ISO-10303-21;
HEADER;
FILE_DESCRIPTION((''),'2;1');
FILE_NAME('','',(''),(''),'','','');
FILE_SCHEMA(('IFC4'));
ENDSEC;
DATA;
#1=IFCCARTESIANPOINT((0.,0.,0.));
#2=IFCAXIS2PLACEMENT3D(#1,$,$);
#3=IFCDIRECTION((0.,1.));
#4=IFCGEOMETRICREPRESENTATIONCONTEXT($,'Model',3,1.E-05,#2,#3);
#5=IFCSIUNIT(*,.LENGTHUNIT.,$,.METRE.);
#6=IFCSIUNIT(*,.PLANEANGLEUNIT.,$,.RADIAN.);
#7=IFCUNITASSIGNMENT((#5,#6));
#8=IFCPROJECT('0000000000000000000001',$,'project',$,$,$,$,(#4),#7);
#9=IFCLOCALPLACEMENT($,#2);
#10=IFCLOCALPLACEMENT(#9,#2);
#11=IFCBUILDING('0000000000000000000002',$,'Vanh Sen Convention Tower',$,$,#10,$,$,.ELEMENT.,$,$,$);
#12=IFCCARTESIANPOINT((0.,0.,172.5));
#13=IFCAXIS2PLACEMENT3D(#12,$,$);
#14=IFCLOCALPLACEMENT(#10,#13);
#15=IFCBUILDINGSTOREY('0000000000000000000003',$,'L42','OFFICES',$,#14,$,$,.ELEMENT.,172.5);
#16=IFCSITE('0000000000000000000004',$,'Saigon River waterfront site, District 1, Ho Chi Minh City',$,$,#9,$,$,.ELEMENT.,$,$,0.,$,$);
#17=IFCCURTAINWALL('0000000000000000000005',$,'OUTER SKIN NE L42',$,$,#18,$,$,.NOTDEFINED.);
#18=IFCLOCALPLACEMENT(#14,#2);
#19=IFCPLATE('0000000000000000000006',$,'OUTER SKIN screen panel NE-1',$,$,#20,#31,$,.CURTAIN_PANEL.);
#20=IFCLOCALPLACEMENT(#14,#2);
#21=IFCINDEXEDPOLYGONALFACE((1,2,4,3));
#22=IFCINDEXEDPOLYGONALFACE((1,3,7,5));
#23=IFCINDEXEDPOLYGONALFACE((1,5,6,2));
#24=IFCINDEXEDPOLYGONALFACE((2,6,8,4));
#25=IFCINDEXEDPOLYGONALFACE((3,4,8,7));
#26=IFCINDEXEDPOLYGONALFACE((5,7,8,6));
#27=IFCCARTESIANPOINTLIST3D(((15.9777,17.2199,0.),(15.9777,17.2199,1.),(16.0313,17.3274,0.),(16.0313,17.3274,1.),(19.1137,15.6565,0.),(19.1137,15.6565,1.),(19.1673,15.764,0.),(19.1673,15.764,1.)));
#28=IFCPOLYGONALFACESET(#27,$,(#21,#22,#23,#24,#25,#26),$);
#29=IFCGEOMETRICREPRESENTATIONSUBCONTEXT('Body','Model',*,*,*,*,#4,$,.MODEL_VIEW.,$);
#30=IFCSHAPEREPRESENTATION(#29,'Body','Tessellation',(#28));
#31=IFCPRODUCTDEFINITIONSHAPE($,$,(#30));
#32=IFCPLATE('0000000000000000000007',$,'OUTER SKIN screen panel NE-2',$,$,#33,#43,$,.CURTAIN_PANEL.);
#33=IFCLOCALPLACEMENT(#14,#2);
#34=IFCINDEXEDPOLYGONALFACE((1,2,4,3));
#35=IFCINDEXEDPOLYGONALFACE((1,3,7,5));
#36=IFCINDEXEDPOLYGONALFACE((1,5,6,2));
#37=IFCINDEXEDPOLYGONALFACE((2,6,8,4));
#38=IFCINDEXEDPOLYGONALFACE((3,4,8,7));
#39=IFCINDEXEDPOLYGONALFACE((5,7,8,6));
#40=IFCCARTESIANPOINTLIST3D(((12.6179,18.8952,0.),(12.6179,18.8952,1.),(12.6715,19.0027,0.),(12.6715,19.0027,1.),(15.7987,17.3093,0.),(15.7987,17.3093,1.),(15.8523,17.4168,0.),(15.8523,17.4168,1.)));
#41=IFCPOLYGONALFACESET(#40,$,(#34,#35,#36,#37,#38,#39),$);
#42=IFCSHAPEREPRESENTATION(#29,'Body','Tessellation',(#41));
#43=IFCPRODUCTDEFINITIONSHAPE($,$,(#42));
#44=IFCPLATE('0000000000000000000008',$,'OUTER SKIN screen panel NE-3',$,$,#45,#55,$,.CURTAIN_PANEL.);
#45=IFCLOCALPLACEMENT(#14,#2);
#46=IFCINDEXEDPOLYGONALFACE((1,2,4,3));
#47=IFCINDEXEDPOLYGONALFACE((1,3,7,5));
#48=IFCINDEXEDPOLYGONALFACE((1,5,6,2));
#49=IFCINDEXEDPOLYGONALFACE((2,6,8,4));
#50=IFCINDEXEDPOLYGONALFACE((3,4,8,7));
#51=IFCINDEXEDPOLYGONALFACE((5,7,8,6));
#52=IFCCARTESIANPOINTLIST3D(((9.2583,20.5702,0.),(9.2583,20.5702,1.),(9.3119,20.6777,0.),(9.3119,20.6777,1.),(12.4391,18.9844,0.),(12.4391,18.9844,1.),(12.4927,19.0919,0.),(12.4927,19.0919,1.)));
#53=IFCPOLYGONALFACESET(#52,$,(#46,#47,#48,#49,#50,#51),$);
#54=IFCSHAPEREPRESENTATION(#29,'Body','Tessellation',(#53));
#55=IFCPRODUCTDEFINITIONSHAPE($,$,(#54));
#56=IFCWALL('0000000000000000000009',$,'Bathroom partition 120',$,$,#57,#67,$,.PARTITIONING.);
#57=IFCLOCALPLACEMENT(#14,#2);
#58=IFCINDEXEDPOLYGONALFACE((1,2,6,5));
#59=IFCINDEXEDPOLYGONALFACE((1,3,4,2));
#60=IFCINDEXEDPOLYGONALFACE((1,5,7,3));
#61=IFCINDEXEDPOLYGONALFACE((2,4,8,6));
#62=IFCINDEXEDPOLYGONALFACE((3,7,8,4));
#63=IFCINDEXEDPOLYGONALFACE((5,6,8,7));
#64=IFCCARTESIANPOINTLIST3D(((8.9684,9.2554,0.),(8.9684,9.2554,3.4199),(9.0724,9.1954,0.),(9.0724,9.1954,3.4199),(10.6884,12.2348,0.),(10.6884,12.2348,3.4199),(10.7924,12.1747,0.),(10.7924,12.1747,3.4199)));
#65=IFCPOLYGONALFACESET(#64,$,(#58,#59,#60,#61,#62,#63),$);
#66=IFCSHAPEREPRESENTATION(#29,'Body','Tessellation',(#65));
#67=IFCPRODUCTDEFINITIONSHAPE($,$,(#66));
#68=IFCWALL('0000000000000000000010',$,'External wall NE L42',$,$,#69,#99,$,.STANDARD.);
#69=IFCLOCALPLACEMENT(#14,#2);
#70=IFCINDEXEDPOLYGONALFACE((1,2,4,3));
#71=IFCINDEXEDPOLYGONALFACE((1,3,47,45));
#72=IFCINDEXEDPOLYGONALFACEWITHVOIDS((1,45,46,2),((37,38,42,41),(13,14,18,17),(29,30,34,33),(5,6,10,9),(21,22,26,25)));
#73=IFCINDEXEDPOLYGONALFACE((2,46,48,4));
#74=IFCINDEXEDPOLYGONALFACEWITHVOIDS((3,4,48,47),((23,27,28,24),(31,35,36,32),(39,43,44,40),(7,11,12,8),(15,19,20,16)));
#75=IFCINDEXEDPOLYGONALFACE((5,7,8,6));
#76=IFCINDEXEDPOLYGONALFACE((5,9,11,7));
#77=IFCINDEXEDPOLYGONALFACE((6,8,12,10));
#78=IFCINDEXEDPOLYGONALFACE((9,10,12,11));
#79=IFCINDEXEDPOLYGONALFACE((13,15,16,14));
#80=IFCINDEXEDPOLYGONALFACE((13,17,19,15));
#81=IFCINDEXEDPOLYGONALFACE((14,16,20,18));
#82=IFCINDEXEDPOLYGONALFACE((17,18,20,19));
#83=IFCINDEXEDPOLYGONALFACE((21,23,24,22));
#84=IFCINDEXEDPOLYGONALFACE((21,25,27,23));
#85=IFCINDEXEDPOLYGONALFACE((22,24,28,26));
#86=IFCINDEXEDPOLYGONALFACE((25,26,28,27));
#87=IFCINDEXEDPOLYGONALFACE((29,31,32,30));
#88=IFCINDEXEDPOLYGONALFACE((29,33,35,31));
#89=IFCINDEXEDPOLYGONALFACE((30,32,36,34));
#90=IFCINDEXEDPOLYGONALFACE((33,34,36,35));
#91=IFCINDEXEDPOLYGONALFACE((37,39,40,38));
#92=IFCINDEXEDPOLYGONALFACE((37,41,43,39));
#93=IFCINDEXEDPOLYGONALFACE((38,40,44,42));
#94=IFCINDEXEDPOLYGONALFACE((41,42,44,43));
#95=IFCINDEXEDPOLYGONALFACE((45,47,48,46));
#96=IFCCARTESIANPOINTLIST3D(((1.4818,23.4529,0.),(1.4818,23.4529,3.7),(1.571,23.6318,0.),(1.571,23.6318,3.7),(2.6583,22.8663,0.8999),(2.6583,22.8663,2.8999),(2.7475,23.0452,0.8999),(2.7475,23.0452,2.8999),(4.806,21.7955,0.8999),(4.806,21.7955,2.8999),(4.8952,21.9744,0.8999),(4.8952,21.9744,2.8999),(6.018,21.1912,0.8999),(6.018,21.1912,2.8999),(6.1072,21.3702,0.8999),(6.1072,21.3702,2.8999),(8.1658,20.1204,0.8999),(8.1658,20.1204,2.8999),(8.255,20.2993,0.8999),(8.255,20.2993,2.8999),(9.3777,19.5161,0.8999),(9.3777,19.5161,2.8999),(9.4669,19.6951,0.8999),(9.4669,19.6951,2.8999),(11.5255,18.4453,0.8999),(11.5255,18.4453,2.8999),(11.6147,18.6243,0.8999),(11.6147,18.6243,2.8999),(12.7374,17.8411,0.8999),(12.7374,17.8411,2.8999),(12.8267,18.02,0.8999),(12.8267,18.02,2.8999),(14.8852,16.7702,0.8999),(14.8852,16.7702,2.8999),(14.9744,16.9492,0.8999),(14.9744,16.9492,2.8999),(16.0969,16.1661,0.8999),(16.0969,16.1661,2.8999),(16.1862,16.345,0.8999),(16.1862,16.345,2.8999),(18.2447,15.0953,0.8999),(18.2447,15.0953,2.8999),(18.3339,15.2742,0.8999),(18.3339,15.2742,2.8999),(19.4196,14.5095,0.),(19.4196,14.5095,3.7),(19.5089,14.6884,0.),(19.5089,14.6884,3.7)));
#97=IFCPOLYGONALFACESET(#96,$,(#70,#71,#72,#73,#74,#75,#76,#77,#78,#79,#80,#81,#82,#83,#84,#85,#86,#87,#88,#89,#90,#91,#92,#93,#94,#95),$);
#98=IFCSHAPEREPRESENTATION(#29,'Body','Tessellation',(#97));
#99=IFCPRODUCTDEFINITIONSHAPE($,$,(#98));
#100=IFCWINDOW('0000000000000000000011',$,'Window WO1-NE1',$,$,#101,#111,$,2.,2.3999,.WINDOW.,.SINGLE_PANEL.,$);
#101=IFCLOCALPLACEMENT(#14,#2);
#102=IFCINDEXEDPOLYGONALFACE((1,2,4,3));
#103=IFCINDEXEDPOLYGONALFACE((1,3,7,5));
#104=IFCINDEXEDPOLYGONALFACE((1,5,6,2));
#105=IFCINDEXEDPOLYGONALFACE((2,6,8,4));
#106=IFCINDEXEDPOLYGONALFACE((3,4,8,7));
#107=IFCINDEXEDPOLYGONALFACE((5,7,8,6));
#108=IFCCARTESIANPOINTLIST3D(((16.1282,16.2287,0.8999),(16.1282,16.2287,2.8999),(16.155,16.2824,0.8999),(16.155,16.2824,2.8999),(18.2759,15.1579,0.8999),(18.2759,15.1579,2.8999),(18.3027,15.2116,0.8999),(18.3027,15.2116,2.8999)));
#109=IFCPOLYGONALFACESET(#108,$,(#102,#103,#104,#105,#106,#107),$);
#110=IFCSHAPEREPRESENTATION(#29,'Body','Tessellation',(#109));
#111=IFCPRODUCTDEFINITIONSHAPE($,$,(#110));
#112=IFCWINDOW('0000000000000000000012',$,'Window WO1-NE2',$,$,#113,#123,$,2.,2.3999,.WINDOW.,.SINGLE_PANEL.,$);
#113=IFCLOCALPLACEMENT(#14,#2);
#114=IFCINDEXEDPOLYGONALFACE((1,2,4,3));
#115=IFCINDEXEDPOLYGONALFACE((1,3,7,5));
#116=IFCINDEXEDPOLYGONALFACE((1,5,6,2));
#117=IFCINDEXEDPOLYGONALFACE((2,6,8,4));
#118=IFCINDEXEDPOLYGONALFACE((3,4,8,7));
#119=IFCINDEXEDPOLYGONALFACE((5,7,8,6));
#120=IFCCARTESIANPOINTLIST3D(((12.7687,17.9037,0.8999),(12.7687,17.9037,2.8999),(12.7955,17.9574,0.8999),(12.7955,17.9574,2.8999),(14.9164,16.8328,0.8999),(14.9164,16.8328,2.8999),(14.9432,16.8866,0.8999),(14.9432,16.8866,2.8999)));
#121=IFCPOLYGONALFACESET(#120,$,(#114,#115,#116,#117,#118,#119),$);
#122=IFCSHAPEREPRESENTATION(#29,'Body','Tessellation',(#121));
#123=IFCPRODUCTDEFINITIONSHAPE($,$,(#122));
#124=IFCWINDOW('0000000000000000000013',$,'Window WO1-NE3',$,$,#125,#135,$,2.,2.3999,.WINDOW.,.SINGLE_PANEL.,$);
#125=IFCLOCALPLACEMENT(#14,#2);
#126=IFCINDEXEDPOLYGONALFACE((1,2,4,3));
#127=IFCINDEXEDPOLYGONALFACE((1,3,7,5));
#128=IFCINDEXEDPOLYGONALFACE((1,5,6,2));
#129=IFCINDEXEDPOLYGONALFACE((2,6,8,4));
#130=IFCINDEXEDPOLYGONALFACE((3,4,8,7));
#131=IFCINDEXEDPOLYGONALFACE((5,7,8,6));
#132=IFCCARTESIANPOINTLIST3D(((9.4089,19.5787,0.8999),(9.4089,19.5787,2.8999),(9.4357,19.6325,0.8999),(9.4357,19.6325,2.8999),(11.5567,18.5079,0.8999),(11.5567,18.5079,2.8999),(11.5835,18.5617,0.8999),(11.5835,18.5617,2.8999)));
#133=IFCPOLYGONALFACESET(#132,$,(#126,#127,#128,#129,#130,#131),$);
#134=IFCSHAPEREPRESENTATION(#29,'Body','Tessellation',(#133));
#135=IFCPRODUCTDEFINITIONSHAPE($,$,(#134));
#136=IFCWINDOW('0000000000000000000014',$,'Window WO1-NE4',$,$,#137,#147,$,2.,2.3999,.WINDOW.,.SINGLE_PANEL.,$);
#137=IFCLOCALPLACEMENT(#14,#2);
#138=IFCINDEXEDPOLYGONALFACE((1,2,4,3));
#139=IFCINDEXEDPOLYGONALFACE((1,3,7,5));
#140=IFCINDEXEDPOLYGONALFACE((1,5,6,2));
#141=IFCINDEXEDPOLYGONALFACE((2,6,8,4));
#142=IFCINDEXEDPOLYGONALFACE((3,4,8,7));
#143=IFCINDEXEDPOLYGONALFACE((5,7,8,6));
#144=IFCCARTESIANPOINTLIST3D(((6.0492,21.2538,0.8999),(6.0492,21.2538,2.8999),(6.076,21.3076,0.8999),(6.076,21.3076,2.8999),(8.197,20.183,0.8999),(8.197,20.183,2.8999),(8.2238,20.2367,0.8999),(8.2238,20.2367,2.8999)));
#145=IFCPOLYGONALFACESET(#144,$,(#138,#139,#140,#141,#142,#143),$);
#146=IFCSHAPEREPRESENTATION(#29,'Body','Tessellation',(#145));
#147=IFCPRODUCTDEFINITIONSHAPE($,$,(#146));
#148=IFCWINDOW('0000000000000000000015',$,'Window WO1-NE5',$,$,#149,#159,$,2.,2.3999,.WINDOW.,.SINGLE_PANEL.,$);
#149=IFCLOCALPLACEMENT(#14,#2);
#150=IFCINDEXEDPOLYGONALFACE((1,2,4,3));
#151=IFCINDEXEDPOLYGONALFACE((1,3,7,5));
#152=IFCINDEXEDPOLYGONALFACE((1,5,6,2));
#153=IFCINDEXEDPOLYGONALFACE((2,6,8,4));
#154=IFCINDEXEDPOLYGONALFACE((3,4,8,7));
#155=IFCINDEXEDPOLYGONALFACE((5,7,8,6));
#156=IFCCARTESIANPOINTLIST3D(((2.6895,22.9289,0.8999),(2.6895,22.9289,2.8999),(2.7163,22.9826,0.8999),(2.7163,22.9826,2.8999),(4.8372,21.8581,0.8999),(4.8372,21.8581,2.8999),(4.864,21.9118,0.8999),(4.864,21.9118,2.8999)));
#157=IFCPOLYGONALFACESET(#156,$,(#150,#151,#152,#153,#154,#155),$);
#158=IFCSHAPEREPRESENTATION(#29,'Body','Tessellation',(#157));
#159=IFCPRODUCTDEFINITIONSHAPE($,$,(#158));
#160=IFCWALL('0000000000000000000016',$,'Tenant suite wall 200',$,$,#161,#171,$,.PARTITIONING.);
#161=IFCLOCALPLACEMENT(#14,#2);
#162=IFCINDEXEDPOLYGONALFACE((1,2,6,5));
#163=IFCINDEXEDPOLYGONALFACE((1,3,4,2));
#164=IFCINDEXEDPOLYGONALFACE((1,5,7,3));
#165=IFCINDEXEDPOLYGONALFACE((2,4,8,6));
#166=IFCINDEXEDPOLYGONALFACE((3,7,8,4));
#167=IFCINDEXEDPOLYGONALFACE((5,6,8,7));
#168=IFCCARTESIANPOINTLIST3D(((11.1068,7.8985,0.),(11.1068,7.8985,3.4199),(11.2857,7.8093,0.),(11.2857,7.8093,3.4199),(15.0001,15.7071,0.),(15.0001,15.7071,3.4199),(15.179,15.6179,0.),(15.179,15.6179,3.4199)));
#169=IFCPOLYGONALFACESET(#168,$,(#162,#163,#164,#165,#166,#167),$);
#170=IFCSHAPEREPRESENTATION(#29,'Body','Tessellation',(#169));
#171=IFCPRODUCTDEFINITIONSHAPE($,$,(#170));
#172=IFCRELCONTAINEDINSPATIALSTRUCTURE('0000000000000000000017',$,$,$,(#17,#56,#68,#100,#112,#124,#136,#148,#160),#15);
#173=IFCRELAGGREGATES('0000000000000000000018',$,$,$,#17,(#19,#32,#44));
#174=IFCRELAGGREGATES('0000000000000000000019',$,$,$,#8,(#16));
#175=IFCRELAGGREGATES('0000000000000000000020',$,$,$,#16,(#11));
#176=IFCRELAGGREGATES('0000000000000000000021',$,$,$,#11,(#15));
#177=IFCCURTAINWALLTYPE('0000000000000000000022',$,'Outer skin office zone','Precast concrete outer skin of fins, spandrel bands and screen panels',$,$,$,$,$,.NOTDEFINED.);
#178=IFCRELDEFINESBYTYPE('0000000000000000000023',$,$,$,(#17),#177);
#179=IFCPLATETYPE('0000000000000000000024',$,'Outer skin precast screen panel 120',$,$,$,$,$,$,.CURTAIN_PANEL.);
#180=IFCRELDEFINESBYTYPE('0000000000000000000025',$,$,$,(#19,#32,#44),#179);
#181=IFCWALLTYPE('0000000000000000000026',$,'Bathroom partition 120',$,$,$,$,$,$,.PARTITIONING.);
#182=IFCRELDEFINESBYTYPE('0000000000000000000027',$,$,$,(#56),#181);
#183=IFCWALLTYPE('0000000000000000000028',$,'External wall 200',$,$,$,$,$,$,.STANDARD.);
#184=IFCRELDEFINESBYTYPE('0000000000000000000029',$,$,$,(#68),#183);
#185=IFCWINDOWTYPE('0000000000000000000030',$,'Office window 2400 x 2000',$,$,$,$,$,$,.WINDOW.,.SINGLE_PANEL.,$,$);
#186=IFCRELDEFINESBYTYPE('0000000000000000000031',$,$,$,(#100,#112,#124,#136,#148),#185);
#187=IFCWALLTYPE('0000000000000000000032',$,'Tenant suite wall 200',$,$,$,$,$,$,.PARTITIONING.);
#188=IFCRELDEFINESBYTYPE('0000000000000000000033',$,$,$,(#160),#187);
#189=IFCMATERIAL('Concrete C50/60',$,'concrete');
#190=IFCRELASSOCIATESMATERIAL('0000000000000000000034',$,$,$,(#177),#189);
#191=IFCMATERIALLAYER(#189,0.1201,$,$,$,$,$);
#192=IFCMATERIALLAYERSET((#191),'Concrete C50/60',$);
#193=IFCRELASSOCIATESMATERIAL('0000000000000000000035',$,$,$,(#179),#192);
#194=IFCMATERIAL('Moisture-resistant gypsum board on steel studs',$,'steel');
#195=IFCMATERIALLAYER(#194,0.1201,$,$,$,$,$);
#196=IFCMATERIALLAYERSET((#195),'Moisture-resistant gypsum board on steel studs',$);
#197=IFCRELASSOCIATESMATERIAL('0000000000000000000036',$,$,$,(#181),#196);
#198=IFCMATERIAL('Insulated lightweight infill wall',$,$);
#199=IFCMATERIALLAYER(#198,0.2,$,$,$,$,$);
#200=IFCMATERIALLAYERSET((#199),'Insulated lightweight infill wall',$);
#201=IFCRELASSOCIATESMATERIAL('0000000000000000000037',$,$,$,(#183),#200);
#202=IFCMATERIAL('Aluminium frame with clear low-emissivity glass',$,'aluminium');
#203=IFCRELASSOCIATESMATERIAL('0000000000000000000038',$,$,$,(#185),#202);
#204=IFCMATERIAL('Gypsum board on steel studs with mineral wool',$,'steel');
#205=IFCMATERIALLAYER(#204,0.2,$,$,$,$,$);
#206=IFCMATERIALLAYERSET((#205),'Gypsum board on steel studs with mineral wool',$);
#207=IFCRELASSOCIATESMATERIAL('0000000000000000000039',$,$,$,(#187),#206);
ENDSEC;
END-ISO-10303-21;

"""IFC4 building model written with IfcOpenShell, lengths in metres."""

from ifc_helpers import new_model, si_unit, direction, frame, frame_2d, origin, origin_2d, place, context, subcontext, project, spatial, rectangle, extrude, material, layer, layer_set, type_object, element, fill, aggregate, save


model = new_model("IFC4")

# Units and contexts
model_context = context("Model", 3, precision=1e-05, world=origin(), true_north=direction((0.0, 1.0)))
body_context = subcontext(model_context, "Body", "Model", "MODEL_VIEW")
ifc_project = project(units=[si_unit("LENGTHUNIT", "METRE"), si_unit("PLANEANGLEUNIT", "RADIAN")], contexts=[model_context])

# Site, building, storey
site_placement = place(None, origin())
site = spatial("IfcSite", under=ifc_project, at=site_placement, Name="Saigon River waterfront site, District 1, Ho Chi Minh City", CompositionType="ELEMENT", RefElevation=0.0)
building_placement = place(site_placement, origin())
building = spatial("IfcBuilding", under=site, at=building_placement, Name="Vanh Sen Convention Tower", CompositionType="ELEMENT")
storey_placement = place(building_placement, frame((0.0, 0.0, 172.5)))
storey = spatial("IfcBuildingStorey", under=building, at=storey_placement, Name="L42", Description="OFFICES", CompositionType="ELEMENT", Elevation=172.5)

# Curtain wall
ifc_material_1 = material(Name="Concrete C50/60", Category="concrete")
curtain_wall_type = type_object("IfcCurtainWallType", Name="Outer skin office zone", Description="Precast concrete outer skin of fins, spandrel bands and screen panels", PredefinedType="NOTDEFINED", material=ifc_material_1)
curtain_wall_1_placement = place(storey_placement, origin())
curtain_wall_1 = element("IfcCurtainWall", 1, at=curtain_wall_1_placement, inside=storey, type_object=curtain_wall_type, Name="OUTER SKIN NE L42", PredefinedType="NOTDEFINED")

# Shared definitions
ifc_layer_1 = layer(ifc_material_1, 0.1201)
ifc_layer_set_1 = layer_set([ifc_layer_1], Name="Concrete C50/60")
plate_type = type_object("IfcPlateType", Name="Outer skin precast screen panel 120", PredefinedType="CURTAIN_PANEL", material=ifc_layer_set_1)

# Plates
plate_1_placement = place(storey_placement, frame((17.5725, 16.4919, 0.0), z_axis=(0.0, 0.0, 1.0), x_axis=(-0.894944, 0.446179, 0.0)))
plate_1 = element("IfcPlate", 2, at=plate_1_placement, type_object=plate_type, Name="OUTER SKIN screen panel NE-1", PredefinedType="CURTAIN_PANEL", context=body_context, shape_type="SweptSolid", body=[
    extrude(rectangle(XDim=3.5042, YDim=0.1201, at=origin_2d()), origin(), (0.0, 0.0, 1.0), 1.0),
])
plate_2_placement = place(storey_placement, frame((14.2351, 18.156, 0.0), z_axis=(0.0, 0.0, 1.0), x_axis=(-0.894933, 0.446201, 0.0)))
plate_2 = element("IfcPlate", 3, at=plate_2_placement, type_object=plate_type, Name="OUTER SKIN screen panel NE-2", PredefinedType="CURTAIN_PANEL", context=body_context, shape_type="SweptSolid", body=[
    extrude(rectangle(XDim=3.5542, YDim=0.1201, at=origin_2d()), origin(), (0.0, 0.0, 1.0), 1.0),
])
plate_3_placement = place(storey_placement, frame((10.8755, 19.8311, 0.0), z_axis=(0.0, 0.0, 1.0), x_axis=(-0.894933, 0.446201, 0.0)))
plate_3 = element("IfcPlate", 4, at=plate_3_placement, type_object=plate_type, Name="OUTER SKIN screen panel NE-3", PredefinedType="CURTAIN_PANEL", context=body_context, shape_type="SweptSolid", body=[
    extrude(rectangle(XDim=3.5542, YDim=0.1201, at=origin_2d()), origin(), (0.0, 0.0, 1.0), 1.0),
])
aggregate(curtain_wall_1, [plate_1, plate_2, plate_3])

# Wall
ifc_material_2 = material(Name="Moisture-resistant gypsum board on steel studs", Category="steel")
ifc_layer_2 = layer(ifc_material_2, 0.1201)
ifc_layer_set_2 = layer_set([ifc_layer_2], Name="Moisture-resistant gypsum board on steel studs")
wall_type_1 = type_object("IfcWallType", Name="Bathroom partition 120", PredefinedType="PARTITIONING", material=ifc_layer_set_2)
wall_1_placement = place(storey_placement, frame((10.7405, 12.2048, 0.0), z_axis=(0.0, 0.0, 1.0), x_axis=(-0.499978, -0.866038, 0.0)))
element("IfcWall", 5, at=wall_1_placement, inside=storey, type_object=wall_type_1, Name="Bathroom partition 120", PredefinedType="PARTITIONING", context=body_context, shape_type="SweptSolid", body=[
    extrude(rectangle(XDim=3.4402, YDim=0.1201, at=frame_2d((1.7202, 0.0))), origin(), (0.0, 0.0, 1.0), 3.4199),
])

# Wall, openings, windows
ifc_material_3 = material(Name="Insulated lightweight infill wall")
ifc_layer_3 = layer(ifc_material_3, 0.2)
ifc_layer_set_3 = layer_set([ifc_layer_3], Name="Insulated lightweight infill wall")
wall_type_2 = type_object("IfcWallType", Name="External wall 200", PredefinedType="STANDARD", material=ifc_layer_set_3)
wall_2_placement = place(storey_placement, frame((19.4644, 14.5989, 0.0), z_axis=(0.0, 0.0, 1.0), x_axis=(-0.894936, 0.446195, 0.0)))
wall_2 = element("IfcWall", 6, at=wall_2_placement, inside=storey, type_object=wall_type_2, Name="External wall NE L42", PredefinedType="STANDARD", context=body_context, shape_type="SweptSolid", body=[
    extrude(rectangle(XDim=20.0437, YDim=0.2, at=frame_2d((10.022, 0.0))), origin(), (0.0, 0.0, 1.0), 3.7),
])
opening_1_placement = place(wall_2_placement, frame((1.313, 0.0, 0.8999)))
opening_1 = element("IfcOpeningElement", 7, at=opening_1_placement, cuts=wall_2, PredefinedType="OPENING", context=body_context, shape_type="SweptSolid", body=[
    extrude(rectangle(XDim=2.3999, YDim=2.0, at=frame_2d((1.2, 1.0))), frame((0.0, 0.1099, 0.0), z_axis=(0.0, -1.0, 0.0), x_axis=(1.0, 0.0, 0.0)), (0.0, 0.0, 1.0), 0.22),
])
opening_2_placement = place(wall_2_placement, frame((5.0669, 0.0, 0.8999)))
opening_2 = element("IfcOpeningElement", 8, at=opening_2_placement, cuts=wall_2, PredefinedType="OPENING", context=body_context, shape_type="SweptSolid", body=[
    extrude(rectangle(XDim=2.3999, YDim=2.0, at=frame_2d((1.2, 1.0))), frame((0.0, 0.1099, 0.0), z_axis=(0.0, -1.0, 0.0), x_axis=(1.0, 0.0, 0.0)), (0.0, 0.0, 1.0), 0.22),
])
opening_3_placement = place(wall_2_placement, frame((8.821, 0.0, 0.8999)))
opening_3 = element("IfcOpeningElement", 9, at=opening_3_placement, cuts=wall_2, PredefinedType="OPENING", context=body_context, shape_type="SweptSolid", body=[
    extrude(rectangle(XDim=2.3999, YDim=2.0, at=frame_2d((1.2, 1.0))), frame((0.0, 0.1099, 0.0), z_axis=(0.0, -1.0, 0.0), x_axis=(1.0, 0.0, 0.0)), (0.0, 0.0, 1.0), 0.22),
])
opening_4_placement = place(wall_2_placement, frame((12.5752, 0.0, 0.8999)))
opening_4 = element("IfcOpeningElement", 10, at=opening_4_placement, cuts=wall_2, PredefinedType="OPENING", context=body_context, shape_type="SweptSolid", body=[
    extrude(rectangle(XDim=2.3999, YDim=2.0, at=frame_2d((1.2, 1.0))), frame((0.0, 0.1099, 0.0), z_axis=(0.0, -1.0, 0.0), x_axis=(1.0, 0.0, 0.0)), (0.0, 0.0, 1.0), 0.22),
])
opening_5_placement = place(wall_2_placement, frame((16.3293, 0.0, 0.8999)))
opening_5 = element("IfcOpeningElement", 11, at=opening_5_placement, cuts=wall_2, PredefinedType="OPENING", context=body_context, shape_type="SweptSolid", body=[
    extrude(rectangle(XDim=2.3999, YDim=2.0, at=frame_2d((1.2, 1.0))), frame((0.0, 0.1099, 0.0), z_axis=(0.0, -1.0, 0.0), x_axis=(1.0, 0.0, 0.0)), (0.0, 0.0, 1.0), 0.22),
])
ifc_material_4 = material(Name="Aluminium frame with clear low-emissivity glass", Category="aluminium")
window_type = type_object("IfcWindowType", Name="Office window 2400 x 2000", PartitioningType="SINGLE_PANEL", PredefinedType="WINDOW", material=ifc_material_4)
window_1_placement = place(opening_1_placement, origin())
window_1 = element("IfcWindow", 12, at=window_1_placement, inside=storey, type_object=window_type, Name="Window WO1-NE1", OverallHeight=2.0, OverallWidth=2.3999, PartitioningType="SINGLE_PANEL", PredefinedType="WINDOW", context=body_context, shape_type="SweptSolid", body=[
    extrude(rectangle(XDim=2.3999, YDim=2.0, at=frame_2d((1.2, 1.0))), frame((0.0, 0.03, 0.0), z_axis=(0.0, -1.0, 0.0), x_axis=(1.0, 0.0, 0.0)), (0.0, 0.0, 1.0), 0.0601),
])
fill(opening_1, window_1)
window_2_placement = place(opening_2_placement, origin())
window_2 = element("IfcWindow", 13, at=window_2_placement, inside=storey, type_object=window_type, Name="Window WO1-NE2", OverallHeight=2.0, OverallWidth=2.3999, PartitioningType="SINGLE_PANEL", PredefinedType="WINDOW", context=body_context, shape_type="SweptSolid", body=[
    extrude(rectangle(XDim=2.3999, YDim=2.0, at=frame_2d((1.2, 1.0))), frame((0.0, 0.03, 0.0), z_axis=(0.0, -1.0, 0.0), x_axis=(1.0, 0.0, 0.0)), (0.0, 0.0, 1.0), 0.0601),
])
fill(opening_2, window_2)
window_3_placement = place(opening_3_placement, origin())
window_3 = element("IfcWindow", 14, at=window_3_placement, inside=storey, type_object=window_type, Name="Window WO1-NE3", OverallHeight=2.0, OverallWidth=2.3999, PartitioningType="SINGLE_PANEL", PredefinedType="WINDOW", context=body_context, shape_type="SweptSolid", body=[
    extrude(rectangle(XDim=2.3999, YDim=2.0, at=frame_2d((1.2, 1.0))), frame((0.0, 0.03, 0.0), z_axis=(0.0, -1.0, 0.0), x_axis=(1.0, 0.0, 0.0)), (0.0, 0.0, 1.0), 0.0601),
])
fill(opening_3, window_3)
window_4_placement = place(opening_4_placement, origin())
window_4 = element("IfcWindow", 15, at=window_4_placement, inside=storey, type_object=window_type, Name="Window WO1-NE4", OverallHeight=2.0, OverallWidth=2.3999, PartitioningType="SINGLE_PANEL", PredefinedType="WINDOW", context=body_context, shape_type="SweptSolid", body=[
    extrude(rectangle(XDim=2.3999, YDim=2.0, at=frame_2d((1.2, 1.0))), frame((0.0, 0.03, 0.0), z_axis=(0.0, -1.0, 0.0), x_axis=(1.0, 0.0, 0.0)), (0.0, 0.0, 1.0), 0.0601),
])
fill(opening_4, window_4)
window_5_placement = place(opening_5_placement, origin())
window_5 = element("IfcWindow", 16, at=window_5_placement, inside=storey, type_object=window_type, Name="Window WO1-NE5", OverallHeight=2.0, OverallWidth=2.3999, PartitioningType="SINGLE_PANEL", PredefinedType="WINDOW", context=body_context, shape_type="SweptSolid", body=[
    extrude(rectangle(XDim=2.3999, YDim=2.0, at=frame_2d((1.2, 1.0))), frame((0.0, 0.03, 0.0), z_axis=(0.0, -1.0, 0.0), x_axis=(1.0, 0.0, 0.0)), (0.0, 0.0, 1.0), 0.0601),
])
fill(opening_5, window_5)

# Wall
ifc_material_5 = material(Name="Gypsum board on steel studs with mineral wool", Category="steel")
ifc_layer_4 = layer(ifc_material_5, 0.2)
ifc_layer_set_4 = layer_set([ifc_layer_4], Name="Gypsum board on steel studs with mineral wool")
wall_type_3 = type_object("IfcWallType", Name="Tenant suite wall 200", PredefinedType="PARTITIONING", material=ifc_layer_set_4)
wall_3_placement = place(storey_placement, frame((15.0896, 15.6626, 0.0), z_axis=(0.0, 0.0, 1.0), x_axis=(-0.446206, -0.89493, 0.0)))
element("IfcWall", 17, at=wall_3_placement, inside=storey, type_object=wall_type_3, Name="Tenant suite wall 200", PredefinedType="PARTITIONING", context=body_context, shape_type="SweptSolid", body=[
    extrude(rectangle(XDim=8.7253, YDim=0.2, at=frame_2d((4.3628, 0.0))), origin(), (0.0, 0.0, 1.0), 3.4199),
])

save(model, "model.ifc")
